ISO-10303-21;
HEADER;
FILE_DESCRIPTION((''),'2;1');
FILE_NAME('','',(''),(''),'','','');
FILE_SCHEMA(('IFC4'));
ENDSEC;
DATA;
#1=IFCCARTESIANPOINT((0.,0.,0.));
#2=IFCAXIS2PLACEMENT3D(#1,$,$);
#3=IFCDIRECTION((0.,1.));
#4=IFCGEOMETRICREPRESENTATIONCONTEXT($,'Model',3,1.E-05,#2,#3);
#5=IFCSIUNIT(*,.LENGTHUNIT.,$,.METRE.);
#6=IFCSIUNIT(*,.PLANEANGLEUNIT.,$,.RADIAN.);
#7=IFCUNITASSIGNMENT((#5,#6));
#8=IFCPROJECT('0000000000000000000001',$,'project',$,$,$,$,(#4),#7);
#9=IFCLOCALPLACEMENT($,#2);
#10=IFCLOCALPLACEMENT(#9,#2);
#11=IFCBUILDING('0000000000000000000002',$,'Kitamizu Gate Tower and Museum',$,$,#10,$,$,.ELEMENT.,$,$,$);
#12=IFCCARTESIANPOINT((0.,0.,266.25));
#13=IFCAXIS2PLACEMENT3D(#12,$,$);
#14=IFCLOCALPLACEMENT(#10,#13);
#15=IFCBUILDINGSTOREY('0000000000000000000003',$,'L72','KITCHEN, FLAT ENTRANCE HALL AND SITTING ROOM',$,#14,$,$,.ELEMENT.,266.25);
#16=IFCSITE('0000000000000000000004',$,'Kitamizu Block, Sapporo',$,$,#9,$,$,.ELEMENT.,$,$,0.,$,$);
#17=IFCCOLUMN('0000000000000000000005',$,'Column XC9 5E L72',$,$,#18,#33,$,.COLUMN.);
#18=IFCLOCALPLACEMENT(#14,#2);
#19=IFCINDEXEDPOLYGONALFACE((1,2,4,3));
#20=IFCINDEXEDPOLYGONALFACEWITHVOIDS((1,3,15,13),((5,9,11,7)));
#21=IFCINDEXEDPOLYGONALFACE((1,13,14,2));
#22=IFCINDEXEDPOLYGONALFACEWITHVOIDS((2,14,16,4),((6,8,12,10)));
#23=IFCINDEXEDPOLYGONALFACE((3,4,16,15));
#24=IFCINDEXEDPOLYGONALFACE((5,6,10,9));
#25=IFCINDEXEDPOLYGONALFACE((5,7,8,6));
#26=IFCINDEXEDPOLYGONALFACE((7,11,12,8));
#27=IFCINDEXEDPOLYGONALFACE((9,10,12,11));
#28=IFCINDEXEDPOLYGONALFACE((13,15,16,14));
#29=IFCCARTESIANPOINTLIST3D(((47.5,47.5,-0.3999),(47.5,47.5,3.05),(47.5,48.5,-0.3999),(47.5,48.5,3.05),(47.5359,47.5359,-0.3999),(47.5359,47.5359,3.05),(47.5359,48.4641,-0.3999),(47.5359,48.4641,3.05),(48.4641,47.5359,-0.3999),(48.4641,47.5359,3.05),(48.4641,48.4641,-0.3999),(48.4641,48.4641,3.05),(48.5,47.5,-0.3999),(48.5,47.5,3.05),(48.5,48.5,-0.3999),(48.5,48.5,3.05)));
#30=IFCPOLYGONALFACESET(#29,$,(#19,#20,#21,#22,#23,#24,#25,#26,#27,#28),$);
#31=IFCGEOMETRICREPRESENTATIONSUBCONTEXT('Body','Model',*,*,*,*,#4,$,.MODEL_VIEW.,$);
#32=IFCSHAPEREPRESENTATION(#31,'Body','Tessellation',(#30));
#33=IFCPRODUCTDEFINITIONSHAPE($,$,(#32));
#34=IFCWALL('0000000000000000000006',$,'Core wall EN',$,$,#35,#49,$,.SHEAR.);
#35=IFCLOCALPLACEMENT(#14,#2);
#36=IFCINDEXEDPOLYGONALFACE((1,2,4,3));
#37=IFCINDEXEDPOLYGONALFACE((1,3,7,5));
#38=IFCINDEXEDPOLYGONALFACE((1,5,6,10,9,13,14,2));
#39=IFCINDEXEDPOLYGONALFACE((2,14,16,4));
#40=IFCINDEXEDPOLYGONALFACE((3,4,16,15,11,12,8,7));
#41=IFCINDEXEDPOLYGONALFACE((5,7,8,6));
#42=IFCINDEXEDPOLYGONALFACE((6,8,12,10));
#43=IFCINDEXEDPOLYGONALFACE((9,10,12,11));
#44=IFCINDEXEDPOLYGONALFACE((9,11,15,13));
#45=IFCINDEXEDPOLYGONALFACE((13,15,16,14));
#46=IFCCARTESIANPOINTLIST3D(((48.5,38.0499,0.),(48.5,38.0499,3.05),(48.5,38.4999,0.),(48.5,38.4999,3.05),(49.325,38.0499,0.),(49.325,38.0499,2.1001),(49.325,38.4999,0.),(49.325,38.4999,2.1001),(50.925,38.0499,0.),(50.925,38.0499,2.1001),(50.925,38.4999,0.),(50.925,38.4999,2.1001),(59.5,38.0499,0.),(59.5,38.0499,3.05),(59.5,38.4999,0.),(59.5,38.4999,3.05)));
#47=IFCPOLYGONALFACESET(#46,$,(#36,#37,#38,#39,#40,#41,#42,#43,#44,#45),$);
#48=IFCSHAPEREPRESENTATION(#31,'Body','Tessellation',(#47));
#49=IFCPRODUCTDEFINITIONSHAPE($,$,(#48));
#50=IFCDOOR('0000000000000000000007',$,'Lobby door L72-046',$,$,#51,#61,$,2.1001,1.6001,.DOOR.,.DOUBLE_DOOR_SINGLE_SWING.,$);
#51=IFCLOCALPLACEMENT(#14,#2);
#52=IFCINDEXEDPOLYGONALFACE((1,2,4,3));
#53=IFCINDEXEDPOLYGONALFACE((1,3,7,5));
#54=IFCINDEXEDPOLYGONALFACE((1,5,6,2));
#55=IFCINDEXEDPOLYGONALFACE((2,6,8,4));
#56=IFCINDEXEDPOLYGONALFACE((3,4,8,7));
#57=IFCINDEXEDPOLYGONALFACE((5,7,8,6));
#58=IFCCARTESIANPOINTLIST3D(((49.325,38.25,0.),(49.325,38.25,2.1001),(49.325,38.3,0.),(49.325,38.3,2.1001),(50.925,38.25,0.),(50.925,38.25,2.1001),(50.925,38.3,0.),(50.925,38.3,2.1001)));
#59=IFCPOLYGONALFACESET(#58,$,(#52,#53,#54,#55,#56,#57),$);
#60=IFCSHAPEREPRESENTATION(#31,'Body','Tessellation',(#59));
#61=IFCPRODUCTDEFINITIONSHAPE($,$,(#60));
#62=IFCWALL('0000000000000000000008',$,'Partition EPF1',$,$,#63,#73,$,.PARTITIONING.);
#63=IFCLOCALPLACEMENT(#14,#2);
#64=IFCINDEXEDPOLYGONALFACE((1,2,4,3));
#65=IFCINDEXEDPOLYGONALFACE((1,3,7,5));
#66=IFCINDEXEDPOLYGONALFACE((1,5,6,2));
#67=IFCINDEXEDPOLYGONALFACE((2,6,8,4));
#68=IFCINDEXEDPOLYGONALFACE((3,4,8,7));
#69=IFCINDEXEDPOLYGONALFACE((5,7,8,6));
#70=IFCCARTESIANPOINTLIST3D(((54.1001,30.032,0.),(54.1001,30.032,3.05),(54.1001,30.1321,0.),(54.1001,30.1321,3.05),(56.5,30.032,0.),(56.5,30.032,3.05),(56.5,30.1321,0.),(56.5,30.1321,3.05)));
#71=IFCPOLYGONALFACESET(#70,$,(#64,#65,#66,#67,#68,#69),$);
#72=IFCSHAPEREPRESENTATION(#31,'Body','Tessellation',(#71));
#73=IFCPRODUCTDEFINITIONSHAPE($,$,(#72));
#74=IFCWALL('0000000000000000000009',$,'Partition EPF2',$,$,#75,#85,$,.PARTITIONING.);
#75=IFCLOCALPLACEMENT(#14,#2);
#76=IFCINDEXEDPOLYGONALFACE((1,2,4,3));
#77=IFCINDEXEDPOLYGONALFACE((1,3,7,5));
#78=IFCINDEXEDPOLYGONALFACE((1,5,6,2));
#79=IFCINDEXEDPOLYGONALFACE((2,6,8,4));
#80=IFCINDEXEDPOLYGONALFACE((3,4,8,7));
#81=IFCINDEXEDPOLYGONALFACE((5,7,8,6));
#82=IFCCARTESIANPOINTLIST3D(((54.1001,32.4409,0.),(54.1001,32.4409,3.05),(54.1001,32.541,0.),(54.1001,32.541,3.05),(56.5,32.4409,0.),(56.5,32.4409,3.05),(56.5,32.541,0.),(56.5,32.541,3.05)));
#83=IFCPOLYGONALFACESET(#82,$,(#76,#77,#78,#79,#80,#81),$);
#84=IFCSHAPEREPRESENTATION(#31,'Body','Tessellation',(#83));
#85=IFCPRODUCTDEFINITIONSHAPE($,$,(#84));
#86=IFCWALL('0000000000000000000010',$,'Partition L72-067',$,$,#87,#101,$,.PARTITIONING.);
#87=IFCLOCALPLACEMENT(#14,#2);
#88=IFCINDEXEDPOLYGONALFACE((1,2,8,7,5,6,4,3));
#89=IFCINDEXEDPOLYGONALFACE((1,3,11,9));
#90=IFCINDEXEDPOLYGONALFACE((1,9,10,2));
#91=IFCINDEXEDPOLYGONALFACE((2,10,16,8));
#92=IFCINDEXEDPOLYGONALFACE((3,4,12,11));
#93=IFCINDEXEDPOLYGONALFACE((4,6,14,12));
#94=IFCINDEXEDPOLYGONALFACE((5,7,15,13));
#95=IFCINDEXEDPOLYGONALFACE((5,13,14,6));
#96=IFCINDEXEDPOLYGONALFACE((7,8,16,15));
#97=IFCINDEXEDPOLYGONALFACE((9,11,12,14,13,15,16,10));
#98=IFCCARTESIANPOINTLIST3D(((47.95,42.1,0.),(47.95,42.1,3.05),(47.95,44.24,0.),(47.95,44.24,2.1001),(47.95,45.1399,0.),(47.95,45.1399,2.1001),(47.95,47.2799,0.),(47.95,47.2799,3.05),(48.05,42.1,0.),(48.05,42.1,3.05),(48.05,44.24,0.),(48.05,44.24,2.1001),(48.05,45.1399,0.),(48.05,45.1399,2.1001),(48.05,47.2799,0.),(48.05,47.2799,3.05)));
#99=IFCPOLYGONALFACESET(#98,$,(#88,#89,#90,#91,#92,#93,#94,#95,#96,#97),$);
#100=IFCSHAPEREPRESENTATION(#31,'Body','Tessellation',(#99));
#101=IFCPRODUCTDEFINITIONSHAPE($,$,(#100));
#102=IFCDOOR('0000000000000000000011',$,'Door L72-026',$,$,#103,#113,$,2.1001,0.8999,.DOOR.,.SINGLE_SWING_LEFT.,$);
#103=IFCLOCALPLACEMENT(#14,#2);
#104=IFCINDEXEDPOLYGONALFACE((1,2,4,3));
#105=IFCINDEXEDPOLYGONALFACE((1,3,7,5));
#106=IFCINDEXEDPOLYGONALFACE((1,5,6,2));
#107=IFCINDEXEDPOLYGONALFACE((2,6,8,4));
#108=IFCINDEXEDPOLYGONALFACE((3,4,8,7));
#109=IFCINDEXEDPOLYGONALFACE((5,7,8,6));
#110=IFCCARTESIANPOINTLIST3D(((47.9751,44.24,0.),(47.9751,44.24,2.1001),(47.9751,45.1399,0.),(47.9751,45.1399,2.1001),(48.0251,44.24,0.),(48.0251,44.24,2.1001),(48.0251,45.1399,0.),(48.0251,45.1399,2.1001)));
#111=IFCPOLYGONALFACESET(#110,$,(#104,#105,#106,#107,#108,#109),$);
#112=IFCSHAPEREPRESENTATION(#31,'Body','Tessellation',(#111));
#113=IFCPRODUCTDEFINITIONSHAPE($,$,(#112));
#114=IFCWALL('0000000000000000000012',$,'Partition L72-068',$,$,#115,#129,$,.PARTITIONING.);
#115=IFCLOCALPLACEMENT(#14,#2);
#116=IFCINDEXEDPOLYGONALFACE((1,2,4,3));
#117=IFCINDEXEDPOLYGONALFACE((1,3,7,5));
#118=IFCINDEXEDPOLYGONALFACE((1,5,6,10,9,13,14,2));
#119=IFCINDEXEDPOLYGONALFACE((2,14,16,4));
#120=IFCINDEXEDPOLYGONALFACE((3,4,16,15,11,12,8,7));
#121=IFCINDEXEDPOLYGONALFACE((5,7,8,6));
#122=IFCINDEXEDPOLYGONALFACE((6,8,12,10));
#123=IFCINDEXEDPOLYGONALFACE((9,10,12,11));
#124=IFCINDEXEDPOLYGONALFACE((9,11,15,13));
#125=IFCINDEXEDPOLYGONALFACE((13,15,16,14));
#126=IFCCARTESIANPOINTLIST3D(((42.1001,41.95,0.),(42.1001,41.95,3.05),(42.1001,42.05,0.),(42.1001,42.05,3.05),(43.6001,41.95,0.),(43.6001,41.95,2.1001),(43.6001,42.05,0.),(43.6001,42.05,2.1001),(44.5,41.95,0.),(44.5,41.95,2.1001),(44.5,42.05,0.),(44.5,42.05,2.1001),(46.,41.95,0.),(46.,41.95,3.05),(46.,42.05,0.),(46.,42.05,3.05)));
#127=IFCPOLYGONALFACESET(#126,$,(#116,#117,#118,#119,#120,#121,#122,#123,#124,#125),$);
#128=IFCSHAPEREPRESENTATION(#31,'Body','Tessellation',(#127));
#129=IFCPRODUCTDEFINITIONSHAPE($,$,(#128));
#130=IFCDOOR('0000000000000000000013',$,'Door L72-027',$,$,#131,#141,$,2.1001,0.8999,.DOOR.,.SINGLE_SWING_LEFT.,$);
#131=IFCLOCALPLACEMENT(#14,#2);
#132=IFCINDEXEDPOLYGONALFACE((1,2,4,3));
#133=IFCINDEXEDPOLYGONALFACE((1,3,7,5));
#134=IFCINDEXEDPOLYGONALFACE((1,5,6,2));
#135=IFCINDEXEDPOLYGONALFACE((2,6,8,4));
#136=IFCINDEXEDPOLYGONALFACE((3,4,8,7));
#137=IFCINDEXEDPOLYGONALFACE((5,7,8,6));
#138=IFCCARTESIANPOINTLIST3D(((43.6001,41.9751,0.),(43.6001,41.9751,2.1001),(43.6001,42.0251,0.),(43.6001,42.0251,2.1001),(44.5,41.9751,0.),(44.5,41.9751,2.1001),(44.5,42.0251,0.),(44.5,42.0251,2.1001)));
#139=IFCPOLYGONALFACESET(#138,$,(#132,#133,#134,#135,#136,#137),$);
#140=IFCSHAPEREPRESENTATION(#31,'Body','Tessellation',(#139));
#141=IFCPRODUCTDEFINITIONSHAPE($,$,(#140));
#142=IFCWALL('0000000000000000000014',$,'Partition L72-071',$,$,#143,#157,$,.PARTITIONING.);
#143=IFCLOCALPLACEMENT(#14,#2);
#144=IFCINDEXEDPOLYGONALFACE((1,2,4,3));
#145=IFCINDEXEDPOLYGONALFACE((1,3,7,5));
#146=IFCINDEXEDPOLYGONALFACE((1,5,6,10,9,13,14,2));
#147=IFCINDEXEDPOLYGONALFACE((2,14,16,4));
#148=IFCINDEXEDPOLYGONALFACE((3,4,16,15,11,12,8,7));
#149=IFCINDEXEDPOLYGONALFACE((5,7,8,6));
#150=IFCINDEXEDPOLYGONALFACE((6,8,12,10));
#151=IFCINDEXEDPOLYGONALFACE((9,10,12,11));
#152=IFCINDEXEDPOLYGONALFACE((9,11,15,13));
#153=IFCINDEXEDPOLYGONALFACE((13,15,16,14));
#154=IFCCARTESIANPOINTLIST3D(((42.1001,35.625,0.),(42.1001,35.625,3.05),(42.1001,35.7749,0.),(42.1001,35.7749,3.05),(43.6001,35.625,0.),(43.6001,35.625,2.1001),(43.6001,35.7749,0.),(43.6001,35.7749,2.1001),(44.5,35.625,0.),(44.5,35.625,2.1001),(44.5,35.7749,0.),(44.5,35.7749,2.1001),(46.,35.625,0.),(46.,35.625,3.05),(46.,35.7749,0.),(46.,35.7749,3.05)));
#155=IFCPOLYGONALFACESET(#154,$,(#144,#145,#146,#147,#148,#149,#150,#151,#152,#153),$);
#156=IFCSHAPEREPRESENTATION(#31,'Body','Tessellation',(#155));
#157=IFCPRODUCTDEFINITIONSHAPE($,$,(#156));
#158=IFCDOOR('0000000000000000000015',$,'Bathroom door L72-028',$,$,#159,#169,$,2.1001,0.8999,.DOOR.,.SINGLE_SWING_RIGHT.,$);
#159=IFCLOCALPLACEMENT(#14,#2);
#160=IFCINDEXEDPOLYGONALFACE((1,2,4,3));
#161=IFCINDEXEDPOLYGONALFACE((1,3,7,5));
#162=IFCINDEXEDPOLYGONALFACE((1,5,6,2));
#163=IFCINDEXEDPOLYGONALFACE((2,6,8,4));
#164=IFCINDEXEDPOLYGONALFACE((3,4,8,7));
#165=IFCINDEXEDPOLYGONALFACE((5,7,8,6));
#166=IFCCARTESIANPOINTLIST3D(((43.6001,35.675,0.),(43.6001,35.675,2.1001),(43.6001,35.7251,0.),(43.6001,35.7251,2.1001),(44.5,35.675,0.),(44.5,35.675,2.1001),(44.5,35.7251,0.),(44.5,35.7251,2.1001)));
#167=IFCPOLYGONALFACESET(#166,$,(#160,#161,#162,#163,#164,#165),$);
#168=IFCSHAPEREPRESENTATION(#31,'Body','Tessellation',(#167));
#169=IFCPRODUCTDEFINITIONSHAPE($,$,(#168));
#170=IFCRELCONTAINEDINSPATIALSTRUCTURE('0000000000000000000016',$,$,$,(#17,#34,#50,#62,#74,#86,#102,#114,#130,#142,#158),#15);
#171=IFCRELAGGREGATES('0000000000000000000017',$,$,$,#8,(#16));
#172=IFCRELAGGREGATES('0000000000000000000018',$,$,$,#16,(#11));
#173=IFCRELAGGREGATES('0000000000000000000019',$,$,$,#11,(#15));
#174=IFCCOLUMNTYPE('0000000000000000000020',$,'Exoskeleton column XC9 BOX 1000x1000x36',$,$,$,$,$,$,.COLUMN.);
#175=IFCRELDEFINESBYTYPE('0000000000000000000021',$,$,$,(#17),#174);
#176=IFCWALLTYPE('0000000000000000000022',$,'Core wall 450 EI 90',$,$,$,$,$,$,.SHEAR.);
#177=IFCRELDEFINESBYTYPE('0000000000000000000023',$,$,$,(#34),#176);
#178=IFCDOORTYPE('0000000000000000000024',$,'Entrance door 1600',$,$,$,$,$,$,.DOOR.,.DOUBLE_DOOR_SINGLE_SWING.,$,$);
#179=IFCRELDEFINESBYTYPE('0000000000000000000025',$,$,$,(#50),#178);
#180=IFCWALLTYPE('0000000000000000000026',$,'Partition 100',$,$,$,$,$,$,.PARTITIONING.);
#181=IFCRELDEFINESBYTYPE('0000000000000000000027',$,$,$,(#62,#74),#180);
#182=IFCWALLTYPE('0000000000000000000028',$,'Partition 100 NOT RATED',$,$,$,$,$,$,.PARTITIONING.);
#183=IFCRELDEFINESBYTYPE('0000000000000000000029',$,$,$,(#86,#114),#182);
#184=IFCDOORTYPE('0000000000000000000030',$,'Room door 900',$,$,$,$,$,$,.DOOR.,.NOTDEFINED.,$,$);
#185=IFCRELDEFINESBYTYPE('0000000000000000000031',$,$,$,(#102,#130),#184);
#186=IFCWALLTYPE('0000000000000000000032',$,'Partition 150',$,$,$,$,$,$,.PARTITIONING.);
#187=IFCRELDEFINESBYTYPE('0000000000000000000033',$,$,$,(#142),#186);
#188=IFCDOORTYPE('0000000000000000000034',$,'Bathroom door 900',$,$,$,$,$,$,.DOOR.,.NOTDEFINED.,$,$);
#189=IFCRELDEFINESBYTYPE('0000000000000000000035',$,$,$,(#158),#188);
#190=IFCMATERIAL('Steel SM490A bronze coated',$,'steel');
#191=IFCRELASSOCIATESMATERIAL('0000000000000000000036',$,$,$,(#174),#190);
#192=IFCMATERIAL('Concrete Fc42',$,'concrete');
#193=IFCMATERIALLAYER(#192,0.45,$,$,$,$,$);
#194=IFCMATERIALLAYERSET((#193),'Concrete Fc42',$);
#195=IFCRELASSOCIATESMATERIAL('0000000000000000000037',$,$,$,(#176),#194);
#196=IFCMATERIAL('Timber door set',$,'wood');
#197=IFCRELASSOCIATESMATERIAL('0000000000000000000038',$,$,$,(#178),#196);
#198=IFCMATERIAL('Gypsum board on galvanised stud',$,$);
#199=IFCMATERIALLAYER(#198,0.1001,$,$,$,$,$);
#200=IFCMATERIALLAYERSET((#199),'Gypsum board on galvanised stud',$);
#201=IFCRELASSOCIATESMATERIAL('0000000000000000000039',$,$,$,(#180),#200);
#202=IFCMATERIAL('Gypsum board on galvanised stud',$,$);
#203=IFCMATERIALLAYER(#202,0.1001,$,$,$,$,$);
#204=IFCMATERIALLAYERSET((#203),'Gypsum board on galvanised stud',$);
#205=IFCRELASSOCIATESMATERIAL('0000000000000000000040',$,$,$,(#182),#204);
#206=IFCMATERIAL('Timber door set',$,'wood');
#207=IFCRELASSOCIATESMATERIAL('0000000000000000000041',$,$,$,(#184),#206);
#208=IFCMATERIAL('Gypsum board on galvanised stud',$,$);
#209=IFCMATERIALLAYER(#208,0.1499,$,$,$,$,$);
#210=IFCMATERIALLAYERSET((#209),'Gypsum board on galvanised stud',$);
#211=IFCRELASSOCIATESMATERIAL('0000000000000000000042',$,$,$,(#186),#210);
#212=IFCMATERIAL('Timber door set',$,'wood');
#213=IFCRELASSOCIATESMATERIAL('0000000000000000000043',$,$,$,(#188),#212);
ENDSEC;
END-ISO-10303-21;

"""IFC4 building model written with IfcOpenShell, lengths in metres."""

from ifc_helpers import new_model, si_unit, direction, frame, frame_2d, origin, origin_2d, place, context, subcontext, project, spatial, rectangle, hollow_rectangle, extrude, material, layer, layer_set, material_profile, profile_set, type_object, element, fill, save


model = new_model("IFC4")

# Units and contexts
model_context = context("Model", 3, precision=1e-05, world=origin(), true_north=direction((0.0, 1.0)))
body_context = subcontext(model_context, "Body", "Model", "MODEL_VIEW")
ifc_project = project(units=[si_unit("LENGTHUNIT", "METRE"), si_unit("PLANEANGLEUNIT", "RADIAN")], contexts=[model_context])

# Site, building, storey
site_placement = place(None, origin())
site = spatial("IfcSite", under=ifc_project, at=site_placement, Name="Kitamizu Block, Sapporo", CompositionType="ELEMENT", RefElevation=0.0)
building_placement = place(site_placement, origin())
building = spatial("IfcBuilding", under=site, at=building_placement, Name="Kitamizu Gate Tower and Museum", CompositionType="ELEMENT")
storey_placement = place(building_placement, frame((0.0, 0.0, 266.25)))
storey = spatial("IfcBuildingStorey", under=building, at=storey_placement, Name="L72", Description="KITCHEN, FLAT ENTRANCE HALL AND SITTING ROOM", CompositionType="ELEMENT", Elevation=266.25)

# Column
ifc_material_1 = material(Name="Steel SM490A bronze coated", Category="steel")
ifc_material_profile = material_profile(ifc_material_1, hollow_rectangle(XDim=1.0, YDim=1.0, WallThickness=0.0359, at=origin_2d()), Name="BOX 1000x1000x36")
ifc_profile_set = profile_set([ifc_material_profile], Name="Steel SM490A bronze coated")
column_type = type_object("IfcColumnType", Name="Exoskeleton column XC9 BOX 1000x1000x36", PredefinedType="COLUMN", material=ifc_profile_set)
column_placement = place(storey_placement, frame((48.0, 48.0, -0.3999), z_axis=(0.0, 0.0, 1.0), x_axis=(1.0, 0.0, 0.0)))
element("IfcColumn", 1, at=column_placement, inside=storey, type_object=column_type, Name="Column XC9 5E L72", PredefinedType="COLUMN", context=body_context, shape_type="SweptSolid", body=[
    extrude(hollow_rectangle(XDim=1.0, YDim=1.0, WallThickness=0.0359, at=origin_2d()), origin(), (0.0, 0.0, 1.0), 3.45),
])

# Wall, opening, door
ifc_material_2 = material(Name="Concrete Fc42", Category="concrete")
ifc_layer_1 = layer(ifc_material_2, 0.45)
ifc_layer_set_1 = layer_set([ifc_layer_1], Name="Concrete Fc42")
wall_type_1 = type_object("IfcWallType", Name="Core wall 450 EI 90", PredefinedType="SHEAR", material=ifc_layer_set_1)
wall_1_placement = place(storey_placement, frame((59.5, 38.2749, 0.0), z_axis=(0.0, 0.0, 1.0), x_axis=(-1.0, 0.0, 0.0)))
wall_1 = element("IfcWall", 2, at=wall_1_placement, inside=storey, type_object=wall_type_1, Name="Core wall EN", PredefinedType="SHEAR", context=body_context, shape_type="SweptSolid", body=[
    extrude(rectangle(XDim=11.0, YDim=0.45, at=frame_2d((5.5, 0.0))), origin(), (0.0, 0.0, 1.0), 3.05),
])
opening_1_placement = place(wall_1_placement, frame((8.575, 0.0, 0.0)))
opening_1 = element("IfcOpeningElement", 3, at=opening_1_placement, cuts=wall_1, PredefinedType="OPENING", context=body_context, shape_type="SweptSolid", body=[
    extrude(rectangle(XDim=1.6001, YDim=2.1001, at=frame_2d((0.8, 1.05))), frame((0.0, 0.2349, 0.0), z_axis=(0.0, -1.0, 0.0), x_axis=(1.0, 0.0, 0.0)), (0.0, 0.0, 1.0), 0.47),
])
ifc_material_3 = material(Name="Timber door set", Category="wood")
door_type_1 = type_object("IfcDoorType", Name="Entrance door 1600", OperationType="DOUBLE_DOOR_SINGLE_SWING", PredefinedType="DOOR", material=ifc_material_3)
door_1_placement = place(opening_1_placement, origin())
door_1 = element("IfcDoor", 4, at=door_1_placement, inside=storey, type_object=door_type_1, Name="Lobby door L72-046", OperationType="DOUBLE_DOOR_SINGLE_SWING", OverallHeight=2.1001, OverallWidth=1.6001, PredefinedType="DOOR", context=body_context, shape_type="SweptSolid", body=[
    extrude(rectangle(XDim=1.6001, YDim=2.1001, at=frame_2d((0.8, 1.05))), frame((0.0, 0.0249, 0.0), z_axis=(0.0, -1.0, 0.0), x_axis=(1.0, 0.0, 0.0)), (0.0, 0.0, 1.0), 0.05),
])
fill(opening_1, door_1)

# Walls
ifc_material_4 = material(Name="Gypsum board on galvanised stud")
ifc_layer_2 = layer(ifc_material_4, 0.1001)
ifc_layer_set_2 = layer_set([ifc_layer_2], Name="Gypsum board on galvanised stud")
wall_type_2 = type_object("IfcWallType", Name="Partition 100", PredefinedType="PARTITIONING", material=ifc_layer_set_2)
for number, where, z_axis, x_axis, name in (
    (5, (56.5, 30.082, 0.0), (0.0, 0.0, 1.0), (-1.0, 0.0, 0.0), "Partition EPF1"),
    (6, (56.5, 32.491, 0.0), (0.0, 0.0, 1.0), (-1.0, 0.0, 0.0), "Partition EPF2"),
):
    element("IfcWall", number, at=place(storey_placement, frame(where, z_axis=z_axis, x_axis=x_axis)), inside=storey, type_object=wall_type_2, Name=name, PredefinedType="PARTITIONING", context=body_context, shape_type="SweptSolid", body=[
        extrude(rectangle(XDim=2.3999, YDim=0.1001, at=frame_2d((1.2, 0.0))), origin(), (0.0, 0.0, 1.0), 3.05),
    ])

# Walls, openings, doors
ifc_material_5 = material(Name="Gypsum board on galvanised stud")
ifc_layer_3 = layer(ifc_material_5, 0.1001)
ifc_layer_set_3 = layer_set([ifc_layer_3], Name="Gypsum board on galvanised stud")
wall_type_3 = type_object("IfcWallType", Name="Partition 100 NOT RATED", PredefinedType="PARTITIONING", material=ifc_layer_set_3)
wall_2_placement = place(storey_placement, frame((48.0, 42.1001, 0.0), z_axis=(0.0, 0.0, 1.0), x_axis=(0.0, 1.0, 0.0)))
wall_2 = element("IfcWall", 7, at=wall_2_placement, inside=storey, type_object=wall_type_3, Name="Partition L72-067", PredefinedType="PARTITIONING", context=body_context, shape_type="SweptSolid", body=[
    extrude(rectangle(XDim=5.1799, YDim=0.1001, at=frame_2d((2.5898, 0.0))), origin(), (0.0, 0.0, 1.0), 3.05),
])
opening_2_placement = place(wall_2_placement, frame((2.1399, 0.0, 0.0)))
opening_2 = element("IfcOpeningElement", 8, at=opening_2_placement, cuts=wall_2, PredefinedType="OPENING", context=body_context, shape_type="SweptSolid", body=[
    extrude(rectangle(XDim=0.8999, YDim=2.1001, at=frame_2d((0.45, 1.05))), frame((0.0, 0.0601, 0.0), z_axis=(0.0, -1.0, 0.0), x_axis=(1.0, 0.0, 0.0)), (0.0, 0.0, 1.0), 0.1201),
])
ifc_material_6 = material(Name="Timber door set", Category="wood")
door_type_2 = type_object("IfcDoorType", Name="Room door 900", OperationType="NOTDEFINED", PredefinedType="DOOR", material=ifc_material_6)
door_2_placement = place(opening_2_placement, origin())
door_2 = element("IfcDoor", 9, at=door_2_placement, inside=storey, type_object=door_type_2, Name="Door L72-026", OperationType="SINGLE_SWING_LEFT", OverallHeight=2.1001, OverallWidth=0.8999, PredefinedType="DOOR", context=body_context, shape_type="SweptSolid", body=[
    extrude(rectangle(XDim=0.8999, YDim=2.1001, at=frame_2d((0.45, 1.05))), frame((0.0, 0.0249, 0.0), z_axis=(0.0, -1.0, 0.0), x_axis=(1.0, 0.0, 0.0)), (0.0, 0.0, 1.0), 0.05),
])
fill(opening_2, door_2)
wall_3_placement = place(storey_placement, frame((42.1001, 42.0, 0.0), z_axis=(0.0, 0.0, 1.0), x_axis=(1.0, 0.0, 0.0)))
wall_3 = element("IfcWall", 10, at=wall_3_placement, inside=storey, type_object=wall_type_3, Name="Partition L72-068", PredefinedType="PARTITIONING", context=body_context, shape_type="SweptSolid", body=[
    extrude(rectangle(XDim=3.8999, YDim=0.1001, at=frame_2d((1.95, 0.0))), origin(), (0.0, 0.0, 1.0), 3.05),
])
opening_3_placement = place(wall_3_placement, frame((1.5, 0.0, 0.0)))
opening_3 = element("IfcOpeningElement", 11, at=opening_3_placement, cuts=wall_3, PredefinedType="OPENING", context=body_context, shape_type="SweptSolid", body=[
    extrude(rectangle(XDim=0.8999, YDim=2.1001, at=frame_2d((0.45, 1.05))), frame((0.0, 0.0601, 0.0), z_axis=(0.0, -1.0, 0.0), x_axis=(1.0, 0.0, 0.0)), (0.0, 0.0, 1.0), 0.1201),
])
door_3_placement = place(opening_3_placement, frame((0.8999, 0.0, 0.0), x_axis=(-1.0, 0.0, 0.0)))
door_3 = element("IfcDoor", 12, at=door_3_placement, inside=storey, type_object=door_type_2, Name="Door L72-027", OperationType="SINGLE_SWING_LEFT", OverallHeight=2.1001, OverallWidth=0.8999, PredefinedType="DOOR", context=body_context, shape_type="SweptSolid", body=[
    extrude(rectangle(XDim=0.8999, YDim=2.1001, at=frame_2d((0.45, 1.05))), frame((0.0, 0.0249, 0.0), z_axis=(0.0, -1.0, 0.0), x_axis=(1.0, 0.0, 0.0)), (0.0, 0.0, 1.0), 0.05),
])
fill(opening_3, door_3)
ifc_material_7 = material(Name="Gypsum board on galvanised stud")
ifc_layer_4 = layer(ifc_material_7, 0.1499)
ifc_layer_set_4 = layer_set([ifc_layer_4], Name="Gypsum board on galvanised stud")
wall_type_4 = type_object("IfcWallType", Name="Partition 150", PredefinedType="PARTITIONING", material=ifc_layer_set_4)
wall_4_placement = place(storey_placement, frame((42.1001, 35.7, 0.0), z_axis=(0.0, 0.0, 1.0), x_axis=(1.0, 0.0, 0.0)))
wall_4 = element("IfcWall", 13, at=wall_4_placement, inside=storey, type_object=wall_type_4, Name="Partition L72-071", PredefinedType="PARTITIONING", context=body_context, shape_type="SweptSolid", body=[
    extrude(rectangle(XDim=3.8999, YDim=0.1499, at=frame_2d((1.95, 0.0))), origin(), (0.0, 0.0, 1.0), 3.05),
])
opening_4_placement = place(wall_4_placement, frame((1.5, 0.0, 0.0)))
opening_4 = element("IfcOpeningElement", 14, at=opening_4_placement, cuts=wall_4, PredefinedType="OPENING", context=body_context, shape_type="SweptSolid", body=[
    extrude(rectangle(XDim=0.8999, YDim=2.1001, at=frame_2d((0.45, 1.05))), frame((0.0, 0.085, 0.0), z_axis=(0.0, -1.0, 0.0), x_axis=(1.0, 0.0, 0.0)), (0.0, 0.0, 1.0), 0.1699),
])
ifc_material_8 = material(Name="Timber door set", Category="wood")
door_type_3 = type_object("IfcDoorType", Name="Bathroom door 900", OperationType="NOTDEFINED", PredefinedType="DOOR", material=ifc_material_8)
door_4_placement = place(opening_4_placement, frame((0.8999, 0.0, 0.0), x_axis=(-1.0, 0.0, 0.0)))
door_4 = element("IfcDoor", 15, at=door_4_placement, inside=storey, type_object=door_type_3, Name="Bathroom door L72-028", OperationType="SINGLE_SWING_RIGHT", OverallHeight=2.1001, OverallWidth=0.8999, PredefinedType="DOOR", context=body_context, shape_type="SweptSolid", body=[
    extrude(rectangle(XDim=0.8999, YDim=2.1001, at=frame_2d((0.45, 1.05))), frame((0.0, 0.0249, 0.0), z_axis=(0.0, -1.0, 0.0), x_axis=(1.0, 0.0, 0.0)), (0.0, 0.0, 1.0), 0.05),
])
fill(opening_4, door_4)

save(model, "model.ifc")
